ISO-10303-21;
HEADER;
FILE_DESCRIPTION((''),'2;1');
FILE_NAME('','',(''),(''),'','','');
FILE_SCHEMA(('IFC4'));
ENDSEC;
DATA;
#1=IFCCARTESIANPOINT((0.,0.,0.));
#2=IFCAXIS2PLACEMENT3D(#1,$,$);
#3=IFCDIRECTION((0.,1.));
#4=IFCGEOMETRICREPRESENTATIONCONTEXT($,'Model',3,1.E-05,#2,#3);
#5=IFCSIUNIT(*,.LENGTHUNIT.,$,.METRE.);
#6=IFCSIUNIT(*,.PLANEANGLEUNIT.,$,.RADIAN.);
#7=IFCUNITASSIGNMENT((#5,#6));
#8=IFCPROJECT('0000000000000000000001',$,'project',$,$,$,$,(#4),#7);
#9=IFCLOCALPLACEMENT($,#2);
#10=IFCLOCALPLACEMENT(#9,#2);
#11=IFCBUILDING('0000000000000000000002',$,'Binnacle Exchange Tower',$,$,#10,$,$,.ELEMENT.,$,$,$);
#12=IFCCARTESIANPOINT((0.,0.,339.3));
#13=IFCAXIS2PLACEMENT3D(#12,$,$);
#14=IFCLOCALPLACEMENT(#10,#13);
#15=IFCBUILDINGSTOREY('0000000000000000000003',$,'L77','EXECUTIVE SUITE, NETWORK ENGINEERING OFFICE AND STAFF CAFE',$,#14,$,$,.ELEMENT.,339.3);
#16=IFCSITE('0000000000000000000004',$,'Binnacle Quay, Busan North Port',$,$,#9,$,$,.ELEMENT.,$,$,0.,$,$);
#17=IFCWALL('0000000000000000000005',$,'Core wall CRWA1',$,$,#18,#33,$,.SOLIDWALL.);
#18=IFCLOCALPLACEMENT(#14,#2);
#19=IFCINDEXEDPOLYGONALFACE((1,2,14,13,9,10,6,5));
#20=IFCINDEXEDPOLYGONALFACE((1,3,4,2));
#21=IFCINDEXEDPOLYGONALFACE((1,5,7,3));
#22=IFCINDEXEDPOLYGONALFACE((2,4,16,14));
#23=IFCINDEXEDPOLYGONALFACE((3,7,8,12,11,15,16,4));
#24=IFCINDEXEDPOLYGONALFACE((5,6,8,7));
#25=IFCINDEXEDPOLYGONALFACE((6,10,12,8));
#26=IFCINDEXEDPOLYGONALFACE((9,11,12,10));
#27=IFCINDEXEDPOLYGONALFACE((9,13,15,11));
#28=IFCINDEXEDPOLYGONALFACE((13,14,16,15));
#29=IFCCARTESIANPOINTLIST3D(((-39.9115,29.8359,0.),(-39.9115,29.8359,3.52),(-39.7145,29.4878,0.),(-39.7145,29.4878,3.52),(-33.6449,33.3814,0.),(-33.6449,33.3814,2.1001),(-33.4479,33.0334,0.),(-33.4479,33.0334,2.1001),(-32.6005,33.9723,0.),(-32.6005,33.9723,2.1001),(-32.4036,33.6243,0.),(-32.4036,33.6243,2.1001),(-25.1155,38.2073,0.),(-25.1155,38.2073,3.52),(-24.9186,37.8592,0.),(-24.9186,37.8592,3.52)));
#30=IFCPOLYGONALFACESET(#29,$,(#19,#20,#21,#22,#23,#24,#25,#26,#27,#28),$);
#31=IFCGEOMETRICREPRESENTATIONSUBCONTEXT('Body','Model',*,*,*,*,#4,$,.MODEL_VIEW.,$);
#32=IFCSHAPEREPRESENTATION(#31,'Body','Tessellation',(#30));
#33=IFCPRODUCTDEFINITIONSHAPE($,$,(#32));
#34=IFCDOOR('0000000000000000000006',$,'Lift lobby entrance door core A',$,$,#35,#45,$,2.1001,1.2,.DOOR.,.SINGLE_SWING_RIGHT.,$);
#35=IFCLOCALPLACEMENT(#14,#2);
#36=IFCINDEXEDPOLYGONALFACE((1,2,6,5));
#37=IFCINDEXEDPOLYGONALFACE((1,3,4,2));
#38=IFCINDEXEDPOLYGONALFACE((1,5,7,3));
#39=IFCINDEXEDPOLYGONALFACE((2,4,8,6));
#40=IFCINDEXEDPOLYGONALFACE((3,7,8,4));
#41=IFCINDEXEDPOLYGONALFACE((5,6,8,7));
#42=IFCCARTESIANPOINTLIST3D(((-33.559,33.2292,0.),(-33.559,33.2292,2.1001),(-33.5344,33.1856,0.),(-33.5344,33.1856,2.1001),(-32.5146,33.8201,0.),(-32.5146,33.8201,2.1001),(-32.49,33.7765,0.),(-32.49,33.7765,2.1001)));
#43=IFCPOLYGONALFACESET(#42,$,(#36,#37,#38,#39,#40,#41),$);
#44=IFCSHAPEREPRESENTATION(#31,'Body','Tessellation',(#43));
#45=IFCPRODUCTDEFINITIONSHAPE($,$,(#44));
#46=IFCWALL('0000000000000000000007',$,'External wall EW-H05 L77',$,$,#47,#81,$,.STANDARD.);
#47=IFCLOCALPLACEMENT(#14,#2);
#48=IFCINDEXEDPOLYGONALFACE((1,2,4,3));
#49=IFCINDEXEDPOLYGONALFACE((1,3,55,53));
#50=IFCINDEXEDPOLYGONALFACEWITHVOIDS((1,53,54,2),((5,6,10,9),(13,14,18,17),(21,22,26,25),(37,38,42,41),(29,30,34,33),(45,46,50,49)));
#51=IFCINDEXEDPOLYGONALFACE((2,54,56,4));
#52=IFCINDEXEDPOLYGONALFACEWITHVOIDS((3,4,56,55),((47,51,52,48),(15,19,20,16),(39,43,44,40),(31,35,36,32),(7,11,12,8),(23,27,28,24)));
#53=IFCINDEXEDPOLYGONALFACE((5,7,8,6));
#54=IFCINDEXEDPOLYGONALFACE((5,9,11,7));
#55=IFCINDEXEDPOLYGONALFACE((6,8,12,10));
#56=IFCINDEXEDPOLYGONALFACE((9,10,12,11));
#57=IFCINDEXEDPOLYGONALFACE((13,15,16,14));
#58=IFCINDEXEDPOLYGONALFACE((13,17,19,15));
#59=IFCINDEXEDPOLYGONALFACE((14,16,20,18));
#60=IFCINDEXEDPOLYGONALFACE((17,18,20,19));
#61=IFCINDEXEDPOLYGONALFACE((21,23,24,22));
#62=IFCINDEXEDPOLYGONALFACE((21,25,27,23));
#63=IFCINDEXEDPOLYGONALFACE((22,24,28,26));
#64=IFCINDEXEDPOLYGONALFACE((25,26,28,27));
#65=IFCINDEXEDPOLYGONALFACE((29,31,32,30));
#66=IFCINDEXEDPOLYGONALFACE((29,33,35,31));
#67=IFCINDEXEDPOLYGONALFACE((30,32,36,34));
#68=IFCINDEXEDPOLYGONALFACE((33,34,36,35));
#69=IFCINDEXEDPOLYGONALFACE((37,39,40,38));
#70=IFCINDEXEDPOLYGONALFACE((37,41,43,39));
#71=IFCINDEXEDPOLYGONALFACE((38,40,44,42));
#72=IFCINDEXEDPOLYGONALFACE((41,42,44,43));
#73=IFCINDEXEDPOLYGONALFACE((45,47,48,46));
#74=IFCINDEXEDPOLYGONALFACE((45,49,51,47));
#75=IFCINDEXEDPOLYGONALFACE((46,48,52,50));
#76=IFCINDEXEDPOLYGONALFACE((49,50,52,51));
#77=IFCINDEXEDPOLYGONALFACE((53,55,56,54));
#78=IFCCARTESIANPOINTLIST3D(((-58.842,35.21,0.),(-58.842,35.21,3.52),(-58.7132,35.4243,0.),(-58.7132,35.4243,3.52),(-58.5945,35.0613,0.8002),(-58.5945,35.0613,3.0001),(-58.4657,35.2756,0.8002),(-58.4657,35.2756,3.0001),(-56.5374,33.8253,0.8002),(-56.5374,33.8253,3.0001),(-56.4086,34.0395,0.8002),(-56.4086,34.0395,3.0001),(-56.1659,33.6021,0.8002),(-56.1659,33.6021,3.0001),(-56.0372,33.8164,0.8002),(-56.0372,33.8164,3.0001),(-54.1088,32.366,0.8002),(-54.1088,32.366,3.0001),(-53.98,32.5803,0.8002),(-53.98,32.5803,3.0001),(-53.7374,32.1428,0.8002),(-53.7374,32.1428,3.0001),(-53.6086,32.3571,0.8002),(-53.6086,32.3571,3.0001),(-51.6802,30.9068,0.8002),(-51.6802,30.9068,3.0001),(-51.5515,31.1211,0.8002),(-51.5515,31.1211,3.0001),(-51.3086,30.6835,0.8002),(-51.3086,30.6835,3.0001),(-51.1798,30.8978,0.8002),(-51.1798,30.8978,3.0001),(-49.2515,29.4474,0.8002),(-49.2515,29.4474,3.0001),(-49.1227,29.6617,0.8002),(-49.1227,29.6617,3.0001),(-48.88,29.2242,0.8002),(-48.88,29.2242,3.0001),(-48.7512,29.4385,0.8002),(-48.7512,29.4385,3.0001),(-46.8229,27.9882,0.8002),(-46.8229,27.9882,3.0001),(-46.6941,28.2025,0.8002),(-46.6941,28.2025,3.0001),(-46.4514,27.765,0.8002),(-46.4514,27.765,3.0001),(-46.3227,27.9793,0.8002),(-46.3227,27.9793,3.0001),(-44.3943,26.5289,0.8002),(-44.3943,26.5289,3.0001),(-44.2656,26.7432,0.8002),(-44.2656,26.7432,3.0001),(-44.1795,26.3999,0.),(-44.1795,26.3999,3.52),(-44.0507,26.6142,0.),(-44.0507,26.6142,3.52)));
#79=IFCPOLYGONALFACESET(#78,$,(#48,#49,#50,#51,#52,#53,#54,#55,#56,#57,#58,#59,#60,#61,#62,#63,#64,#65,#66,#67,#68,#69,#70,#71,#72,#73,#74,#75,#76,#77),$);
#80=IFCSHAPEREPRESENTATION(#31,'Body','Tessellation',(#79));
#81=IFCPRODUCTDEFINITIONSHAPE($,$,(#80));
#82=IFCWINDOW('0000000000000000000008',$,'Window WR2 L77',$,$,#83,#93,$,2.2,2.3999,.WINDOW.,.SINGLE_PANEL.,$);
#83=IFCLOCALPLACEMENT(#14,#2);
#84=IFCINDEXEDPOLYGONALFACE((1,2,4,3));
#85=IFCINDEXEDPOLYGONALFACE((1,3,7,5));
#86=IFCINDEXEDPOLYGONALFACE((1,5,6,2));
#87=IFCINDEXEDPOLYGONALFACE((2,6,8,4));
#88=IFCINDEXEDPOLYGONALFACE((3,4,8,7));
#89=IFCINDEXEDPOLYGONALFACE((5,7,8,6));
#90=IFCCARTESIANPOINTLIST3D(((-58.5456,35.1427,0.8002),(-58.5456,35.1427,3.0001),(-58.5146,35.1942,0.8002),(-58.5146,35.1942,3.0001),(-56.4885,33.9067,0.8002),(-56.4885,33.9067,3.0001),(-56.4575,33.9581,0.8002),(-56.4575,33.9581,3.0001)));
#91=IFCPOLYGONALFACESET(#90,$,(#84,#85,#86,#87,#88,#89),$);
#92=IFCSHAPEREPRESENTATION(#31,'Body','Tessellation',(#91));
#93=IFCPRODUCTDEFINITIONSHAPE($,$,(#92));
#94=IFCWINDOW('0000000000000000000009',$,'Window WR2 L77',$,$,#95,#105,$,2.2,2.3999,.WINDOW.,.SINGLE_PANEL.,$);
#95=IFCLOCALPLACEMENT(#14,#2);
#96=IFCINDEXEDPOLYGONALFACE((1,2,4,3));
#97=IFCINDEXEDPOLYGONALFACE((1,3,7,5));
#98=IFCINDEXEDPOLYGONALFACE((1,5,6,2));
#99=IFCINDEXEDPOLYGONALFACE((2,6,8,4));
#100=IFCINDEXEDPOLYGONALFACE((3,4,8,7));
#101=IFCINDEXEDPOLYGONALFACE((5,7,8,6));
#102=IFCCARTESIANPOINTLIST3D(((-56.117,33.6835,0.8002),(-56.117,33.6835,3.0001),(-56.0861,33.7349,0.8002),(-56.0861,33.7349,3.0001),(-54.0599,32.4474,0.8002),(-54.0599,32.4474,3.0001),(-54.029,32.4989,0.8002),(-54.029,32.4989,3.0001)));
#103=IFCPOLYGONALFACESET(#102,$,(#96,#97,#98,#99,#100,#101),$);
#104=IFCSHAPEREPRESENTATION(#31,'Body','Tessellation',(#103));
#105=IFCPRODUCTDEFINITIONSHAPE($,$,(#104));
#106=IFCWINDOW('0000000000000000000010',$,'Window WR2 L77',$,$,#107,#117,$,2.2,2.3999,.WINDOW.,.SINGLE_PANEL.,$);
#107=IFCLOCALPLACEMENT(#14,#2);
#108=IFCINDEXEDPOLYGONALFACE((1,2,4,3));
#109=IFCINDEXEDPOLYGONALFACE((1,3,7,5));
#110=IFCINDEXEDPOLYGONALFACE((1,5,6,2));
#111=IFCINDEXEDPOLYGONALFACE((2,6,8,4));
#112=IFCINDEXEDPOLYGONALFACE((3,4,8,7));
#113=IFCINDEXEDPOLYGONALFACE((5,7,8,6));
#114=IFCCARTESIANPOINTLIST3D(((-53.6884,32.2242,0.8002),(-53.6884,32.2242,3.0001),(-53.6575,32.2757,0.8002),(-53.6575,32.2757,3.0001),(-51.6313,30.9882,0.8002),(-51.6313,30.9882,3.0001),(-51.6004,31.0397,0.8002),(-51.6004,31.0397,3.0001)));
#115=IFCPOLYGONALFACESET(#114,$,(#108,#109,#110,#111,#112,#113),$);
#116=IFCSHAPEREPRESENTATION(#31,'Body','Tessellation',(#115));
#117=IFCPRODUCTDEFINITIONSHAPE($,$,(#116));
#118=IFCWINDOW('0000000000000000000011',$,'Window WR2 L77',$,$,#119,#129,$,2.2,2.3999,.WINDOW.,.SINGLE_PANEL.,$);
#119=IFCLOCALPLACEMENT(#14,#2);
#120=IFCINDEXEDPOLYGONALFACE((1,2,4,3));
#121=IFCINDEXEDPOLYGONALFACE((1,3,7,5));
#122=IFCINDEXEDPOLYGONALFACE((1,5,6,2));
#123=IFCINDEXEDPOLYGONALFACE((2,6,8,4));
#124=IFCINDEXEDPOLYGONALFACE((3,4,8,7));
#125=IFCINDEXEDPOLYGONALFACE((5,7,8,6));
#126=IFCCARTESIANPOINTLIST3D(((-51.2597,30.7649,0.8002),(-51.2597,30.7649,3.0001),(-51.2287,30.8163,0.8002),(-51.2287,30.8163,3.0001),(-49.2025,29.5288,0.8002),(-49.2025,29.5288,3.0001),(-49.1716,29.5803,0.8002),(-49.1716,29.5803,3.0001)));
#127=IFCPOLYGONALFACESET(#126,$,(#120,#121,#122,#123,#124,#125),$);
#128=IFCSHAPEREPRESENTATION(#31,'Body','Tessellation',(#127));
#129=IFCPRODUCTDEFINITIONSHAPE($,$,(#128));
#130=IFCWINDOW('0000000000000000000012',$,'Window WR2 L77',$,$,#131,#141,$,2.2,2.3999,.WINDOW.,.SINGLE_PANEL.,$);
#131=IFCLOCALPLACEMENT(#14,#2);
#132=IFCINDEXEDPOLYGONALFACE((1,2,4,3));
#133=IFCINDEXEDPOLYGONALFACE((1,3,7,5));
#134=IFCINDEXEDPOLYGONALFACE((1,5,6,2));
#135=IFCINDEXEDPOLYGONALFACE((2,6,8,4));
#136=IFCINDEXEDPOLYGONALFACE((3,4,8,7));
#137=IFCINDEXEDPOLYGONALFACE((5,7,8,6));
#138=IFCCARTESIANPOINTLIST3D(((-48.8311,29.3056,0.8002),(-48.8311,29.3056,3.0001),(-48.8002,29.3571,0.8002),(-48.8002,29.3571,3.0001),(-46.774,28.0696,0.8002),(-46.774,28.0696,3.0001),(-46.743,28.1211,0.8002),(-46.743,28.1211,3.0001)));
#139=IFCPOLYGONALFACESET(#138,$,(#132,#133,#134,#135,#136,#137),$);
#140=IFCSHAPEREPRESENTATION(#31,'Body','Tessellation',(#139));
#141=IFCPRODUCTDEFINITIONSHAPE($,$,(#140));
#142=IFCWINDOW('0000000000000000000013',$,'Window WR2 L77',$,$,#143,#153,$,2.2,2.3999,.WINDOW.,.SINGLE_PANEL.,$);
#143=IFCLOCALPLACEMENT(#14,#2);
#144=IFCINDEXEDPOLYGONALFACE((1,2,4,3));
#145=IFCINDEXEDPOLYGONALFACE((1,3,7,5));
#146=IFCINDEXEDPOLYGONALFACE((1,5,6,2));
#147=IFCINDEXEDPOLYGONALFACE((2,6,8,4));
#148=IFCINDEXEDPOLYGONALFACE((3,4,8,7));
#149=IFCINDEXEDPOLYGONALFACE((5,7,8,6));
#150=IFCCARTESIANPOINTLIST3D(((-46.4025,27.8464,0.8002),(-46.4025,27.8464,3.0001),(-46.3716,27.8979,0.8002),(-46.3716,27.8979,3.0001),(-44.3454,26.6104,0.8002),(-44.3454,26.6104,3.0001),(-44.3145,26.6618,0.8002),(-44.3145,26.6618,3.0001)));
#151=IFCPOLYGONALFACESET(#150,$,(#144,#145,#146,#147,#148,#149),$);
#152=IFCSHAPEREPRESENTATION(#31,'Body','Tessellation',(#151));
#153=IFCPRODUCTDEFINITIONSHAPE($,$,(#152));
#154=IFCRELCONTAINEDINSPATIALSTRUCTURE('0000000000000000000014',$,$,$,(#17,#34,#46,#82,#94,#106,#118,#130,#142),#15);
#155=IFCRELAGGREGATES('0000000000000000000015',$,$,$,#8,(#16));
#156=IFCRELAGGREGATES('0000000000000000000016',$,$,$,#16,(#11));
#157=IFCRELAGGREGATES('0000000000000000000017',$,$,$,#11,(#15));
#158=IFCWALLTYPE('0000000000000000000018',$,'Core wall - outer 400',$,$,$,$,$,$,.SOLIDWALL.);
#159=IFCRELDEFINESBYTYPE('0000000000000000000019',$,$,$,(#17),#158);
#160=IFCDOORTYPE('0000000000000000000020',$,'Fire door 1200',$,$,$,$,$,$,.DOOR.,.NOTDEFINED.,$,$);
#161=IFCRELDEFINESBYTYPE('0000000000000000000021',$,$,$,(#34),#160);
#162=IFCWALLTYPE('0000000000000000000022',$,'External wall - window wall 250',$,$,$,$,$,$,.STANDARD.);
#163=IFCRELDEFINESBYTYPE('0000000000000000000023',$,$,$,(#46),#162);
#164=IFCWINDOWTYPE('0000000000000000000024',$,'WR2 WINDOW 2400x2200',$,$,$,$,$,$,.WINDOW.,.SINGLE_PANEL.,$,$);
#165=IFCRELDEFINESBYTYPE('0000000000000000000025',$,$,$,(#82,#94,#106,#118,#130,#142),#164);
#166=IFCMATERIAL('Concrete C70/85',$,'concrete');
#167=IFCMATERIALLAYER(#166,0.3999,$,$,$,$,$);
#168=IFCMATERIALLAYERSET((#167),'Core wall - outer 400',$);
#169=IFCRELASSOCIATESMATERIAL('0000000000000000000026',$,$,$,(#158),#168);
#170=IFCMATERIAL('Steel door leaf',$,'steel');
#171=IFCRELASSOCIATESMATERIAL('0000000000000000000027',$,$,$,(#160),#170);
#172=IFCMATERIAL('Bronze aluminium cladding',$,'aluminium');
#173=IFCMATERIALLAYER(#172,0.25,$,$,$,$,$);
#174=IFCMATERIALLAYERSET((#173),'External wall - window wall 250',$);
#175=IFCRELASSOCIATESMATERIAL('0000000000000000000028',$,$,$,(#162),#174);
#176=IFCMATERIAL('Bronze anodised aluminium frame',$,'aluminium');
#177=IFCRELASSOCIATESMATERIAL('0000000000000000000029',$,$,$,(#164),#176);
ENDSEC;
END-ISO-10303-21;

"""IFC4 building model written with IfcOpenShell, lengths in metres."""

from ifc_helpers import new_model, si_unit, direction, frame, frame_2d, origin, place, context, subcontext, project, spatial, rectangle, extrude, material, layer, layer_set, type_object, element, fill, save


model = new_model("IFC4")

# Units and contexts
model_context = context("Model", 3, precision=1e-05, world=origin(), true_north=direction((0.0, 1.0)))
body_context = subcontext(model_context, "Body", "Model", "MODEL_VIEW")
ifc_project = project(units=[si_unit("LENGTHUNIT", "METRE"), si_unit("PLANEANGLEUNIT", "RADIAN")], contexts=[model_context])

# Site, building, storey
site_placement = place(None, origin())
site = spatial("IfcSite", under=ifc_project, at=site_placement, Name="Binnacle Quay, Busan North Port", CompositionType="ELEMENT", RefElevation=0.0)
building_placement = place(site_placement, origin())
building = spatial("IfcBuilding", under=site, at=building_placement, Name="Binnacle Exchange Tower", CompositionType="ELEMENT")
storey_placement = place(building_placement, frame((0.0, 0.0, 339.3)))
storey = spatial("IfcBuildingStorey", under=building, at=storey_placement, Name="L77", Description="EXECUTIVE SUITE, NETWORK ENGINEERING OFFICE AND STAFF CAFE", CompositionType="ELEMENT", Elevation=339.3)

# Shared definitions
ifc_material_1 = material(Name="Concrete C70/85", Category="concrete")
ifc_material_2 = material(Name="Steel door leaf", Category="steel")

# Wall, opening, door
ifc_layer_1 = layer(ifc_material_1, 0.3999)
ifc_layer_set_1 = layer_set([ifc_layer_1], Name="Core wall - outer 400")
wall_type_1 = type_object("IfcWallType", Name="Core wall - outer 400", PredefinedType="SOLIDWALL", material=ifc_layer_set_1)
wall_1_placement = place(storey_placement, frame((-39.813, 29.6619, 0.0), z_axis=(0.0, 0.0, 1.0), x_axis=(0.87035, 0.492433, 0.0)))
wall_1 = element("IfcWall", 1, at=wall_1_placement, inside=storey, type_object=wall_type_1, Name="Core wall CRWA1", PredefinedType="SOLIDWALL", context=body_context, shape_type="SweptSolid", body=[
    extrude(rectangle(XDim=17.0, YDim=0.3999, at=frame_2d((8.5, 0.0))), origin(), (0.0, 0.0, 1.0), 3.52),
])
opening_1_placement = place(wall_1_placement, frame((7.2, 0.0, 0.0)))
opening_1 = element("IfcOpeningElement", 2, at=opening_1_placement, cuts=wall_1, PredefinedType="OPENING", context=body_context, shape_type="SweptSolid", body=[
    extrude(rectangle(XDim=1.2, YDim=2.1001, at=frame_2d((0.6001, 1.05))), frame((0.0, 0.21, 0.0), z_axis=(0.0, -1.0, 0.0), x_axis=(1.0, 0.0, 0.0)), (0.0, 0.0, 1.0), 0.4199),
])
door_type_1 = type_object("IfcDoorType", Name="Fire door 1200", OperationType="NOTDEFINED", PredefinedType="DOOR", material=ifc_material_2)
door_1_placement = place(opening_1_placement, frame((1.2, 0.0, 0.0), z_axis=(0.0, 0.0, 1.0), x_axis=(-1.0, 0.0, 0.0)))
door_1 = element("IfcDoor", 3, at=door_1_placement, inside=storey, type_object=door_type_1, Name="Lift lobby entrance door core A", OperationType="SINGLE_SWING_RIGHT", OverallHeight=2.1001, OverallWidth=1.2, PredefinedType="DOOR", context=body_context, shape_type="SweptSolid", body=[
    extrude(rectangle(XDim=1.2, YDim=2.1001, at=frame_2d((0.6001, 1.05))), frame((0.0, 0.0249, 0.0), z_axis=(0.0, -1.0, 0.0), x_axis=(1.0, 0.0, 0.0)), (0.0, 0.0, 1.0), 0.05),
])
fill(opening_1, door_1)

# Wall, openings, windows
ifc_material_3 = material(Name="Bronze aluminium cladding", Category="aluminium")
ifc_layer_2 = layer(ifc_material_3, 0.25)
ifc_layer_set_2 = layer_set([ifc_layer_2], Name="External wall - window wall 250")
wall_type_2 = type_object("IfcWallType", Name="External wall - window wall 250", PredefinedType="STANDARD", material=ifc_layer_set_2)
wall_2_placement = place(storey_placement, frame((-44.1152, 26.5071, 0.0), z_axis=(0.0, 0.0, 1.0), x_axis=(-0.857167, 0.515039, 0.0)))
wall_2 = element("IfcWall", 4, at=wall_2_placement, inside=storey, type_object=wall_type_2, Name="External wall EW-H05 L77", PredefinedType="STANDARD", context=body_context, shape_type="SweptSolid", body=[
    extrude(rectangle(XDim=17.1057, YDim=0.25, at=frame_2d((8.5527, 0.0))), origin(), (0.0, 0.0, 1.0), 3.52),
])
opening_2_placement = place(wall_2_placement, frame((14.417, 0.0, 0.8)))
opening_2 = element("IfcOpeningElement", 5, at=opening_2_placement, cuts=wall_2, PredefinedType="OPENING", context=body_context, shape_type="SweptSolid", body=[
    extrude(rectangle(XDim=2.3999, YDim=2.2, at=frame_2d((1.2, 1.1001))), frame((0.0, 0.135, 0.0), z_axis=(0.0, -1.0, 0.0), x_axis=(1.0, 0.0, 0.0)), (0.0, 0.0, 1.0), 0.27),
])
opening_3_placement = place(wall_2_placement, frame((11.5837, 0.0, 0.8)))
opening_3 = element("IfcOpeningElement", 6, at=opening_3_placement, cuts=wall_2, PredefinedType="OPENING", context=body_context, shape_type="SweptSolid", body=[
    extrude(rectangle(XDim=2.3999, YDim=2.2, at=frame_2d((1.2, 1.1001))), frame((0.0, 0.135, 0.0), z_axis=(0.0, -1.0, 0.0), x_axis=(1.0, 0.0, 0.0)), (0.0, 0.0, 1.0), 0.27),
])
opening_4_placement = place(wall_2_placement, frame((8.7505, 0.0, 0.8)))
opening_4 = element("IfcOpeningElement", 7, at=opening_4_placement, cuts=wall_2, PredefinedType="OPENING", context=body_context, shape_type="SweptSolid", body=[
    extrude(rectangle(XDim=2.3999, YDim=2.2, at=frame_2d((1.2, 1.1001))), frame((0.0, 0.135, 0.0), z_axis=(0.0, -1.0, 0.0), x_axis=(1.0, 0.0, 0.0)), (0.0, 0.0, 1.0), 0.27),
])
opening_5_placement = place(wall_2_placement, frame((5.917, 0.0, 0.8)))
opening_5 = element("IfcOpeningElement", 8, at=opening_5_placement, cuts=wall_2, PredefinedType="OPENING", context=body_context, shape_type="SweptSolid", body=[
    extrude(rectangle(XDim=2.3999, YDim=2.2, at=frame_2d((1.2, 1.1001))), frame((0.0, 0.135, 0.0), z_axis=(0.0, -1.0, 0.0), x_axis=(1.0, 0.0, 0.0)), (0.0, 0.0, 1.0), 0.27),
])
opening_6_placement = place(wall_2_placement, frame((3.0837, 0.0, 0.8)))
opening_6 = element("IfcOpeningElement", 9, at=opening_6_placement, cuts=wall_2, PredefinedType="OPENING", context=body_context, shape_type="SweptSolid", body=[
    extrude(rectangle(XDim=2.3999, YDim=2.2, at=frame_2d((1.2, 1.1001))), frame((0.0, 0.135, 0.0), z_axis=(0.0, -1.0, 0.0), x_axis=(1.0, 0.0, 0.0)), (0.0, 0.0, 1.0), 0.27),
])
opening_7_placement = place(wall_2_placement, frame((0.2505, 0.0, 0.8)))
opening_7 = element("IfcOpeningElement", 10, at=opening_7_placement, cuts=wall_2, PredefinedType="OPENING", context=body_context, shape_type="SweptSolid", body=[
    extrude(rectangle(XDim=2.3999, YDim=2.2, at=frame_2d((1.2, 1.1001))), frame((0.0, 0.135, 0.0), z_axis=(0.0, -1.0, 0.0), x_axis=(1.0, 0.0, 0.0)), (0.0, 0.0, 1.0), 0.27),
])
ifc_material_4 = material(Name="Bronze anodised aluminium frame", Category="aluminium")
window_type = type_object("IfcWindowType", Name="WR2 WINDOW 2400x2200", PartitioningType="SINGLE_PANEL", PredefinedType="WINDOW", material=ifc_material_4)
window_1_placement = place(opening_2_placement, origin())
window_1 = element("IfcWindow", 11, at=window_1_placement, inside=storey, type_object=window_type, Name="Window WR2 L77", OverallHeight=2.2, OverallWidth=2.3999, PartitioningType="SINGLE_PANEL", PredefinedType="WINDOW", context=body_context, shape_type="SweptSolid", body=[
    extrude(rectangle(XDim=2.3999, YDim=2.2, at=frame_2d((1.2, 1.1001))), frame((0.0, 0.03, 0.0), z_axis=(0.0, -1.0, 0.0), x_axis=(1.0, 0.0, 0.0)), (0.0, 0.0, 1.0), 0.0601),
])
fill(opening_2, window_1)
window_2_placement = place(opening_3_placement, origin())
window_2 = element("IfcWindow", 12, at=window_2_placement, inside=storey, type_object=window_type, Name="Window WR2 L77", OverallHeight=2.2, OverallWidth=2.3999, PartitioningType="SINGLE_PANEL", PredefinedType="WINDOW", context=body_context, shape_type="SweptSolid", body=[
    extrude(rectangle(XDim=2.3999, YDim=2.2, at=frame_2d((1.2, 1.1001))), frame((0.0, 0.03, 0.0), z_axis=(0.0, -1.0, 0.0), x_axis=(1.0, 0.0, 0.0)), (0.0, 0.0, 1.0), 0.0601),
])
fill(opening_3, window_2)
window_3_placement = place(opening_4_placement, origin())
window_3 = element("IfcWindow", 13, at=window_3_placement, inside=storey, type_object=window_type, Name="Window WR2 L77", OverallHeight=2.2, OverallWidth=2.3999, PartitioningType="SINGLE_PANEL", PredefinedType="WINDOW", context=body_context, shape_type="SweptSolid", body=[
    extrude(rectangle(XDim=2.3999, YDim=2.2, at=frame_2d((1.2, 1.1001))), frame((0.0, 0.03, 0.0), z_axis=(0.0, -1.0, 0.0), x_axis=(1.0, 0.0, 0.0)), (0.0, 0.0, 1.0), 0.0601),
])
fill(opening_4, window_3)
window_4_placement = place(opening_5_placement, origin())
window_4 = element("IfcWindow", 14, at=window_4_placement, inside=storey, type_object=window_type, Name="Window WR2 L77", OverallHeight=2.2, OverallWidth=2.3999, PartitioningType="SINGLE_PANEL", PredefinedType="WINDOW", context=body_context, shape_type="SweptSolid", body=[
    extrude(rectangle(XDim=2.3999, YDim=2.2, at=frame_2d((1.2, 1.1001))), frame((0.0, 0.03, 0.0), z_axis=(0.0, -1.0, 0.0), x_axis=(1.0, 0.0, 0.0)), (0.0, 0.0, 1.0), 0.0601),
])
fill(opening_5, window_4)
window_5_placement = place(opening_6_placement, origin())
window_5 = element("IfcWindow", 15, at=window_5_placement, inside=storey, type_object=window_type, Name="Window WR2 L77", OverallHeight=2.2, OverallWidth=2.3999, PartitioningType="SINGLE_PANEL", PredefinedType="WINDOW", context=body_context, shape_type="SweptSolid", body=[
    extrude(rectangle(XDim=2.3999, YDim=2.2, at=frame_2d((1.2, 1.1001))), frame((0.0, 0.03, 0.0), z_axis=(0.0, -1.0, 0.0), x_axis=(1.0, 0.0, 0.0)), (0.0, 0.0, 1.0), 0.0601),
])
fill(opening_6, window_5)
window_6_placement = place(opening_7_placement, origin())
window_6 = element("IfcWindow", 16, at=window_6_placement, inside=storey, type_object=window_type, Name="Window WR2 L77", OverallHeight=2.2, OverallWidth=2.3999, PartitioningType="SINGLE_PANEL", PredefinedType="WINDOW", context=body_context, shape_type="SweptSolid", body=[
    extrude(rectangle(XDim=2.3999, YDim=2.2, at=frame_2d((1.2, 1.1001))), frame((0.0, 0.03, 0.0), z_axis=(0.0, -1.0, 0.0), x_axis=(1.0, 0.0, 0.0)), (0.0, 0.0, 1.0), 0.0601),
])
fill(opening_7, window_6)

save(model, "model.ifc")
